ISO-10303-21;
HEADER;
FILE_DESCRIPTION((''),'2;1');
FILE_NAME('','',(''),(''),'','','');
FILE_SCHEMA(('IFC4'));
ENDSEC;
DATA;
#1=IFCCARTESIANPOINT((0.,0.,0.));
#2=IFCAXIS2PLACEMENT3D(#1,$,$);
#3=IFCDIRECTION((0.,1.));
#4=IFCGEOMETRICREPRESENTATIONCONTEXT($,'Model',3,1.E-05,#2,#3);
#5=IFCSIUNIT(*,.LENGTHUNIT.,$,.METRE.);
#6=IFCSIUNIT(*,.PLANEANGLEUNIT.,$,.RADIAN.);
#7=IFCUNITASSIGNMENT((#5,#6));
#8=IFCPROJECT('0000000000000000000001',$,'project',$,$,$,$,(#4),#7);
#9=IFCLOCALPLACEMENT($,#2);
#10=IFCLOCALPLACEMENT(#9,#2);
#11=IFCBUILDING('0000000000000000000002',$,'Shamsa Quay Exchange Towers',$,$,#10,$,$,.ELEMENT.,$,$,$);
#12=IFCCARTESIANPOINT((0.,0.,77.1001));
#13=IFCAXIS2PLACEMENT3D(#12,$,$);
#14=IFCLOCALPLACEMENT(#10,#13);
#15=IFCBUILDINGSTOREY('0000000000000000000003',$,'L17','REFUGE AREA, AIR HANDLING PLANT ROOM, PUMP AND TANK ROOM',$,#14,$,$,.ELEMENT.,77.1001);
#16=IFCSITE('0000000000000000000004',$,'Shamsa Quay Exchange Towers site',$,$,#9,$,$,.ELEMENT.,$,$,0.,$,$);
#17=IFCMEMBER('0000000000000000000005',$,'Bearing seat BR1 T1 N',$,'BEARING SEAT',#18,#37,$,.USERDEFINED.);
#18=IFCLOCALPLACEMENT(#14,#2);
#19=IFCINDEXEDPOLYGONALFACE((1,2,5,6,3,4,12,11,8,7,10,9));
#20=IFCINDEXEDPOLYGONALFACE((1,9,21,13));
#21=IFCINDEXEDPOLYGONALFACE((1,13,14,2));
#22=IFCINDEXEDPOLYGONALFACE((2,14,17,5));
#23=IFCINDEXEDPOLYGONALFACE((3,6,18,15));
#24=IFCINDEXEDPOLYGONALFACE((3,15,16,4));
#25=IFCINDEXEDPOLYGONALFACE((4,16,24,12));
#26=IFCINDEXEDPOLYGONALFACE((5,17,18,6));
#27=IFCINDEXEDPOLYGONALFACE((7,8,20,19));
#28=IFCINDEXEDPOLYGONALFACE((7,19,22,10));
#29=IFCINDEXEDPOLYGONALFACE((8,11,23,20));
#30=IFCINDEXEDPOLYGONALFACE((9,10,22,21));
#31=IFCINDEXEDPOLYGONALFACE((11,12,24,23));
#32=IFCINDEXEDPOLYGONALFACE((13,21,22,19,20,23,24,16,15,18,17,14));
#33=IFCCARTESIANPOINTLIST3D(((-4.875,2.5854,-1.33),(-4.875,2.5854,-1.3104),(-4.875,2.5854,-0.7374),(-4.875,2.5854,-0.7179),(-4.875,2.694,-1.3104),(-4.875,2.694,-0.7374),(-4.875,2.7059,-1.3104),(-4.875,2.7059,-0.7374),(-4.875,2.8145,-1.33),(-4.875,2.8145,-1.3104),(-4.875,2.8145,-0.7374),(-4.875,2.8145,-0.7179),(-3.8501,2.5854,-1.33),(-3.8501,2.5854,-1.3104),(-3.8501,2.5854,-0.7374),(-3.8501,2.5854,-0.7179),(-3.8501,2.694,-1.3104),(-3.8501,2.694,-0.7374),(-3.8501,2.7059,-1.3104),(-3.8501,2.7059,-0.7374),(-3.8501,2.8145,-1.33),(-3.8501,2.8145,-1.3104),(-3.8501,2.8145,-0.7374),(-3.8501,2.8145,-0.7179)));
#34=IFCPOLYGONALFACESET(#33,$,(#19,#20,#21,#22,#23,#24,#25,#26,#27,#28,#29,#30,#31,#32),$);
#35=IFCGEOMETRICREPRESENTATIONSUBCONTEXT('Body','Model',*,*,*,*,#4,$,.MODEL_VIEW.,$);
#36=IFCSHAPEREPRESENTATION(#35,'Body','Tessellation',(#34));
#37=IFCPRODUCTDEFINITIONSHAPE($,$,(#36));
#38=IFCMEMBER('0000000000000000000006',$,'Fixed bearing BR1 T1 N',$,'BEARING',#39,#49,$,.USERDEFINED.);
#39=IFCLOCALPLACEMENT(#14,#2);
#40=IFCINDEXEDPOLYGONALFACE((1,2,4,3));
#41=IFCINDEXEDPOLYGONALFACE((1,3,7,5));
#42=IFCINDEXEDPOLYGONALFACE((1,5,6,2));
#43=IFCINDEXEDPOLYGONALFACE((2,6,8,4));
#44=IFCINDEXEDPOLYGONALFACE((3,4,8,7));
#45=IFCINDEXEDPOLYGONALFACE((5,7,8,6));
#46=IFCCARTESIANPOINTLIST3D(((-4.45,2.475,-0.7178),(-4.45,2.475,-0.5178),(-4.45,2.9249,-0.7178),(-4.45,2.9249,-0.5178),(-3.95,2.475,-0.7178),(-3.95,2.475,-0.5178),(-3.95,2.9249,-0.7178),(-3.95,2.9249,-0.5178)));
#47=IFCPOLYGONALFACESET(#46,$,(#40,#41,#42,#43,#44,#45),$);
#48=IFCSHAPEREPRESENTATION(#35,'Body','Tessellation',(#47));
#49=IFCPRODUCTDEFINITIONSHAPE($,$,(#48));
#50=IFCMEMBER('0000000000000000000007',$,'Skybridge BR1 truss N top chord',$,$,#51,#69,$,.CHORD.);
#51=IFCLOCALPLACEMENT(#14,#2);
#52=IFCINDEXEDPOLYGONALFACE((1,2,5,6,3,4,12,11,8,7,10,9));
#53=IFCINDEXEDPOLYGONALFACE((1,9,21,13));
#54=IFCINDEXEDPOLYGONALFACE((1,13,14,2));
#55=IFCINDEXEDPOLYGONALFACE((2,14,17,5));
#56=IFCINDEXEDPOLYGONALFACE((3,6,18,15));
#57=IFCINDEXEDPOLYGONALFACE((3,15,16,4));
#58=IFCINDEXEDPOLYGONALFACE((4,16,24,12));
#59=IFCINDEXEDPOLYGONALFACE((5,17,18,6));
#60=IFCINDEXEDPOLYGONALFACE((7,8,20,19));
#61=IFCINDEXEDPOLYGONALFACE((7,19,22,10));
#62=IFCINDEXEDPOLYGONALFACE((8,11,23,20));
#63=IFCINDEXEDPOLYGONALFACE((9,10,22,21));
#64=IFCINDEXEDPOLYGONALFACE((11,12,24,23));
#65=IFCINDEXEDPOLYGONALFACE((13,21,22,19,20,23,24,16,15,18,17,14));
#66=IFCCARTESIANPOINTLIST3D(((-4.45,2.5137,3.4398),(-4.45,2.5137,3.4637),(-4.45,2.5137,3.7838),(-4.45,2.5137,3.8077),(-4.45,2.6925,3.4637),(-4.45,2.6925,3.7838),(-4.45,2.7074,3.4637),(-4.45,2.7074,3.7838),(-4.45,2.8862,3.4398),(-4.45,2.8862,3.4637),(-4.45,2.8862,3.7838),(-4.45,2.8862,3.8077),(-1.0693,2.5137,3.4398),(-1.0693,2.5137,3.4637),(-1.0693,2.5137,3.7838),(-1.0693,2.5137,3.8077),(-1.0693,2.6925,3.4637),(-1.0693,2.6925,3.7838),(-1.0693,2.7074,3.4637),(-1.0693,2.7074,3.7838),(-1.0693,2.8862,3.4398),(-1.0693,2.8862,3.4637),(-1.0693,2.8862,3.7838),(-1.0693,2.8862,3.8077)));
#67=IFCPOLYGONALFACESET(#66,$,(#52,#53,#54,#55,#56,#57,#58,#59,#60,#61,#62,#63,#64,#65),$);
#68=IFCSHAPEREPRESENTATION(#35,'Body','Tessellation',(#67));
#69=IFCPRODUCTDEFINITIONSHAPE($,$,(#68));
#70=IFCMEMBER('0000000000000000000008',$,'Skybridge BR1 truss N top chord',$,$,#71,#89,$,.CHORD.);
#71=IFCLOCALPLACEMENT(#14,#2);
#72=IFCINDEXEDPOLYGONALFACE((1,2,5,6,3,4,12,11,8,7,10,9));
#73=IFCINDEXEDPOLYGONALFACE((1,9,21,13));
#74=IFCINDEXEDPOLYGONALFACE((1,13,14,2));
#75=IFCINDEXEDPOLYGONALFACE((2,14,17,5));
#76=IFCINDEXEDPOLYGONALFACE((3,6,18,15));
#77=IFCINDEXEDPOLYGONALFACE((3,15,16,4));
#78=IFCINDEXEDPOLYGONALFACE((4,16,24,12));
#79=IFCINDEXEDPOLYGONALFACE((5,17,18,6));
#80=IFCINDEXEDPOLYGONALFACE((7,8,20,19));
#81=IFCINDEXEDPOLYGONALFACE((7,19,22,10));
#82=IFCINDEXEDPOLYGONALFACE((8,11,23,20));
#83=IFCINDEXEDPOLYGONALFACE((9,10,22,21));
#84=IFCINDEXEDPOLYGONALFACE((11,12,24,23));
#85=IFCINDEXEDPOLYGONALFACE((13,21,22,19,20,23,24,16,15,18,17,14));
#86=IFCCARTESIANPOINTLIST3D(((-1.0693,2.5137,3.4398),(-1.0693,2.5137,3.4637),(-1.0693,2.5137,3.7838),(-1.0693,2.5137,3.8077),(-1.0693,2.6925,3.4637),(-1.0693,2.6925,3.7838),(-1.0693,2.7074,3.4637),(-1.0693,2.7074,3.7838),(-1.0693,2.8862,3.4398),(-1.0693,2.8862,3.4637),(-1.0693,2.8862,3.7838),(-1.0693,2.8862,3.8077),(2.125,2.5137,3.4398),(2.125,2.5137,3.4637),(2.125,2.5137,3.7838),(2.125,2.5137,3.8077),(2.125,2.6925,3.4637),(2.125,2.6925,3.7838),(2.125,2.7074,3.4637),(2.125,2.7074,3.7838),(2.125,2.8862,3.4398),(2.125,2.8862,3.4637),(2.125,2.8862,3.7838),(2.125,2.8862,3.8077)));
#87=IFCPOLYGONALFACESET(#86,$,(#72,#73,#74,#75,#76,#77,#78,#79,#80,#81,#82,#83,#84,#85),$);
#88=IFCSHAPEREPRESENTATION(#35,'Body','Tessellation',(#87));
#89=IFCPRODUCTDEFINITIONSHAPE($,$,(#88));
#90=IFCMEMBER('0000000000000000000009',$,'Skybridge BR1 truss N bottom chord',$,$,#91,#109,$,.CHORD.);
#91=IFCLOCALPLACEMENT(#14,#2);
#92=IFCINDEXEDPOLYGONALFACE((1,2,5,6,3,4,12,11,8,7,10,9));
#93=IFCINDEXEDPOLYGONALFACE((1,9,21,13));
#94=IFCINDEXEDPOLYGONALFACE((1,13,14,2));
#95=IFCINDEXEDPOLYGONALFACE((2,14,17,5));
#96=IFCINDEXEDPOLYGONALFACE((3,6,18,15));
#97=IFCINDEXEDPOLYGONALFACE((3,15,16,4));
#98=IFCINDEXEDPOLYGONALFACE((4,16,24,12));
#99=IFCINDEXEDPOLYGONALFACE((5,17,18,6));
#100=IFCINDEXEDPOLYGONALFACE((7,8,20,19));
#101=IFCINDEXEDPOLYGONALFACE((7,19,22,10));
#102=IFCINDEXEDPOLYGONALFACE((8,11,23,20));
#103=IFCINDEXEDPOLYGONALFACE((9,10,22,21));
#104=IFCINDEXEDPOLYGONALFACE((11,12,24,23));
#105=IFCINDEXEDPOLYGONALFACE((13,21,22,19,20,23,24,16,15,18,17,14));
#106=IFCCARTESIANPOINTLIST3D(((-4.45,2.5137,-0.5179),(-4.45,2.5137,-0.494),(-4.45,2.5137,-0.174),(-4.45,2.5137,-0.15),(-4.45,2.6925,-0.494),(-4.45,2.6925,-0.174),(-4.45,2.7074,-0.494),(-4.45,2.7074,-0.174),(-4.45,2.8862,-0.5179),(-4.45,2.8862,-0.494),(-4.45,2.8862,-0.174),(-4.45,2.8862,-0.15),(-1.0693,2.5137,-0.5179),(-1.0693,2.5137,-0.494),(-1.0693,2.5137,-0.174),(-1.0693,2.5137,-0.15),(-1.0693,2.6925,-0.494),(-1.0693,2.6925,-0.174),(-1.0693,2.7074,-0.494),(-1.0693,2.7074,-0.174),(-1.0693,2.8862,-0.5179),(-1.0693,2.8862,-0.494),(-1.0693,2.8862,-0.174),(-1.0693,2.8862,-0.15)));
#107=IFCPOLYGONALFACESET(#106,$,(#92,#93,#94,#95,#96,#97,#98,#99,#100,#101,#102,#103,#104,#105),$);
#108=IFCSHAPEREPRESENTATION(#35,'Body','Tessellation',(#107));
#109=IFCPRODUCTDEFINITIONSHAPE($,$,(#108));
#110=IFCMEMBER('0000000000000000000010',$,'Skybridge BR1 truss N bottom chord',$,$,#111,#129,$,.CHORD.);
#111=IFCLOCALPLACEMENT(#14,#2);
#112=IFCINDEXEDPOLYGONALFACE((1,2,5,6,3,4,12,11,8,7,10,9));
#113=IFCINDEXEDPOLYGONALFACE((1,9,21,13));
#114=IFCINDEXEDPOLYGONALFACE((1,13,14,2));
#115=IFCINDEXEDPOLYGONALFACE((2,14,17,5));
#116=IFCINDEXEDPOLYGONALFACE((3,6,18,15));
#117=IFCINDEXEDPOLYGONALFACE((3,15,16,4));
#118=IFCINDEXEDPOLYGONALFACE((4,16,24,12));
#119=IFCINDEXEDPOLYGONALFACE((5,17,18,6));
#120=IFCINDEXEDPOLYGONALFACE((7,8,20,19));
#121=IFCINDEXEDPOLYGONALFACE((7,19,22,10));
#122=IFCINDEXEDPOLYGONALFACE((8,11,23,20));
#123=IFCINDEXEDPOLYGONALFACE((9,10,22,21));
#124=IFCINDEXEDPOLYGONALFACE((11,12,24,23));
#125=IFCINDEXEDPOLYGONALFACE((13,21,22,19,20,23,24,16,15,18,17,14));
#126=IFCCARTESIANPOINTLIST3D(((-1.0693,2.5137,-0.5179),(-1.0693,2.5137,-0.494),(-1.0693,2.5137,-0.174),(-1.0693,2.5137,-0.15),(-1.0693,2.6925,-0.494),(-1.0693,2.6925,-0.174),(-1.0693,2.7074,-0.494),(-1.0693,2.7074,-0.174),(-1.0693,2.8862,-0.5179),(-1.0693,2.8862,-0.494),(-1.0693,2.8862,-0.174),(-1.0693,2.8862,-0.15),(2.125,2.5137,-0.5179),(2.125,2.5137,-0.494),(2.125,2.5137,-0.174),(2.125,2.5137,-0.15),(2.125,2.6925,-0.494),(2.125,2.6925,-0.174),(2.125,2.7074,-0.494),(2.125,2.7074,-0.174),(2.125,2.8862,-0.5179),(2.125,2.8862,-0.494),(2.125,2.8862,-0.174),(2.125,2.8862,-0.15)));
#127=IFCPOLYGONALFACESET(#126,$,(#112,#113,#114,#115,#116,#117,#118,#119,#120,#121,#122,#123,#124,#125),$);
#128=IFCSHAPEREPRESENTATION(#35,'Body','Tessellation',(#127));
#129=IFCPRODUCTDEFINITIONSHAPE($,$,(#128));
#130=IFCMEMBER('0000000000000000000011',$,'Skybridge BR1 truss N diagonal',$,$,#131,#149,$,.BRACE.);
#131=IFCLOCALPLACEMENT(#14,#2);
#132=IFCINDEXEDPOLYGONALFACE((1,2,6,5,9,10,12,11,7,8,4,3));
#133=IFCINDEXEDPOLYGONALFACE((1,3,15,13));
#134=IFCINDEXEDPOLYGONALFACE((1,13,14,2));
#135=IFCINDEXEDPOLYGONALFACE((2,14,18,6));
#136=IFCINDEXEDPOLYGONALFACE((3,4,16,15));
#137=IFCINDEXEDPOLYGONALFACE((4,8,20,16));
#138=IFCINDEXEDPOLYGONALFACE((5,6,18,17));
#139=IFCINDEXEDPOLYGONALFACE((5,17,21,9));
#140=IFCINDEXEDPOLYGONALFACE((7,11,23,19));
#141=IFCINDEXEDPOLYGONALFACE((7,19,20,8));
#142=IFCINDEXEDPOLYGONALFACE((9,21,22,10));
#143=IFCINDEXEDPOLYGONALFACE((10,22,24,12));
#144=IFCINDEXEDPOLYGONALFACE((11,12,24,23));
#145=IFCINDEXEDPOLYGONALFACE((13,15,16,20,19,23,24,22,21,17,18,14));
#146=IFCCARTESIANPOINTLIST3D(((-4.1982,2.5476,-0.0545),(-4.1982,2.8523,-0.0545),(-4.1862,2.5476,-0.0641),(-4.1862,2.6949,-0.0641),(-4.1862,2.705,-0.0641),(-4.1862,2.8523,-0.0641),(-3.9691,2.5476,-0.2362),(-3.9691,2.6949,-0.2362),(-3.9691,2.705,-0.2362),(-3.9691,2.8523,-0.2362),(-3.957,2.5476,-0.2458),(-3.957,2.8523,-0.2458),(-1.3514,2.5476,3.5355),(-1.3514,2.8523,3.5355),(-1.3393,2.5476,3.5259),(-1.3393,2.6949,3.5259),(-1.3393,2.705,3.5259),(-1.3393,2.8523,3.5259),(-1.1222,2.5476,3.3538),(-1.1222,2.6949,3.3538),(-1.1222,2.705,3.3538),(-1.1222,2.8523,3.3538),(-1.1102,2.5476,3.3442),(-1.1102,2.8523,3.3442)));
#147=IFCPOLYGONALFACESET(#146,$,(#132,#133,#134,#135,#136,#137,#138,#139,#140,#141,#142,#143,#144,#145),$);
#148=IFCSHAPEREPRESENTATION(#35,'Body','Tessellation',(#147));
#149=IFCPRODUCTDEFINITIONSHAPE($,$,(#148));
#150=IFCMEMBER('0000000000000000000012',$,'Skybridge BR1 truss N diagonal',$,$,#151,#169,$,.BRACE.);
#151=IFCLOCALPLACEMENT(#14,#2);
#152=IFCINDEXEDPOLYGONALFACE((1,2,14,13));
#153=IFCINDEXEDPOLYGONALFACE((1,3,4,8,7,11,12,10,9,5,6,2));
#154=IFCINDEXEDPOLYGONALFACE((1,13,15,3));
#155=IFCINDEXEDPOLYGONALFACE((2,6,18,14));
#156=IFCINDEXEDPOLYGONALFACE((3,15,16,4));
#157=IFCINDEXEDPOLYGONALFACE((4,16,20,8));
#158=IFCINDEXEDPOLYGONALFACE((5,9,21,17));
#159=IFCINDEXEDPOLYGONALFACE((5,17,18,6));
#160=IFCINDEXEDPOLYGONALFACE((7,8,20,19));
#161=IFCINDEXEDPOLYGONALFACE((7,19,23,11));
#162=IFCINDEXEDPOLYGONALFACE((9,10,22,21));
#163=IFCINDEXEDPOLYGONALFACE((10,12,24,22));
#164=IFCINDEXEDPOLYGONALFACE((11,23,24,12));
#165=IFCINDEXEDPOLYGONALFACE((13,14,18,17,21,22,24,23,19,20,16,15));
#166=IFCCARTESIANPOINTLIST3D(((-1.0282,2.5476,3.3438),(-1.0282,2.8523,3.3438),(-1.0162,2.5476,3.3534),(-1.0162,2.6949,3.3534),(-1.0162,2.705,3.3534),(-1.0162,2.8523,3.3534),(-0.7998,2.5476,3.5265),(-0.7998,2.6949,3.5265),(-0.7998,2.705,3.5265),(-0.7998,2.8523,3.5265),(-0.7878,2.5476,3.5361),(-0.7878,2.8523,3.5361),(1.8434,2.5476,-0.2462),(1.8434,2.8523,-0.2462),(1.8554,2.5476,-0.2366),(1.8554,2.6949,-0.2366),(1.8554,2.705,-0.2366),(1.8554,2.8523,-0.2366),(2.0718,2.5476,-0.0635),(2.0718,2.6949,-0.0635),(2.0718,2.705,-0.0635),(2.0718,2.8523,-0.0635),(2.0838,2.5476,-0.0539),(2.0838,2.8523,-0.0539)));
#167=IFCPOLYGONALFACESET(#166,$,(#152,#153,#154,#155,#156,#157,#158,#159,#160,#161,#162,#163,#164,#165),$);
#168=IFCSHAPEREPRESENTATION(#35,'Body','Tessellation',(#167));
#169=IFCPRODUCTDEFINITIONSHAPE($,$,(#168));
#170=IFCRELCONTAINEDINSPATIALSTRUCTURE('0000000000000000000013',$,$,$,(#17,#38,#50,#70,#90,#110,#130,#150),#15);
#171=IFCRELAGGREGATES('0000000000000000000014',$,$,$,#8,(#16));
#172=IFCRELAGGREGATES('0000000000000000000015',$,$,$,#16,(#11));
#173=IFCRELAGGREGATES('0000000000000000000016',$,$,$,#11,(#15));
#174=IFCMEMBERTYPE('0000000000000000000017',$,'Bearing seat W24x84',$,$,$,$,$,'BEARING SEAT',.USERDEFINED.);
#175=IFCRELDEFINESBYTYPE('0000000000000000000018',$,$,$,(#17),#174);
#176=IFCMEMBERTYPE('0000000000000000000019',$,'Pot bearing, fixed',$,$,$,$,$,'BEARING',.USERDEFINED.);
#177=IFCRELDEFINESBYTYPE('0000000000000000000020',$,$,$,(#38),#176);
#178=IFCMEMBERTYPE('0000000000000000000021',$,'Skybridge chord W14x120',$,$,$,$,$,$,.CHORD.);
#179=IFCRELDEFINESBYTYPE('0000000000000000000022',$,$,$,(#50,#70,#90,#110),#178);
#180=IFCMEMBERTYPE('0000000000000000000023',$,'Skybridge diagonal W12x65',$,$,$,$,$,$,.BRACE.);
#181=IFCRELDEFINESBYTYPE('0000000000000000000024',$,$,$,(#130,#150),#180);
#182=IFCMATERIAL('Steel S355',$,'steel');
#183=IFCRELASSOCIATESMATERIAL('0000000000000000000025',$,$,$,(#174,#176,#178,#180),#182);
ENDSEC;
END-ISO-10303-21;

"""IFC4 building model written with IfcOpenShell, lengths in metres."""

from ifc_helpers import new_model, si_unit, direction, frame, origin, origin_2d, place, context, subcontext, project, spatial, rectangle, i_section, extrude, material, material_profile, profile_set, type_object, element, save


model = new_model("IFC4")

# Units and contexts
model_context = context("Model", 3, precision=1e-05, world=origin(), true_north=direction((0.0, 1.0)))
body_context = subcontext(model_context, "Body", "Model", "MODEL_VIEW")
ifc_project = project(units=[si_unit("LENGTHUNIT", "METRE"), si_unit("PLANEANGLEUNIT", "RADIAN")], contexts=[model_context])

# Site, building, storey
site_placement = place(None, origin())
site = spatial("IfcSite", under=ifc_project, at=site_placement, Name="Shamsa Quay Exchange Towers site", CompositionType="ELEMENT", RefElevation=0.0)
building_placement = place(site_placement, origin())
building = spatial("IfcBuilding", under=site, at=building_placement, Name="Shamsa Quay Exchange Towers", CompositionType="ELEMENT")
storey_placement = place(building_placement, frame((0.0, 0.0, 77.1001)))
storey = spatial("IfcBuildingStorey", under=building, at=storey_placement, Name="L17", Description="REFUGE AREA, AIR HANDLING PLANT ROOM, PUMP AND TANK ROOM", CompositionType="ELEMENT", Elevation=77.1001)

# Members
ifc_material_1 = material(Name="Steel S355", Category="steel")
ifc_material_profile_1 = material_profile(ifc_material_1, i_section(OverallWidth=0.229, OverallDepth=0.6121, WebThickness=0.012, FlangeThickness=0.0195, at=origin_2d()), Name="W24x84")
ifc_profile_set_1 = profile_set([ifc_material_profile_1], Name="Steel S355")
member_type_1 = type_object("IfcMemberType", Name="Bearing seat W24x84", ElementType="BEARING SEAT", PredefinedType="USERDEFINED", material=ifc_profile_set_1)
member_1_placement = place(storey_placement, frame((-4.875, 2.7, -1.0239), z_axis=(1.0, 0.0, 0.0), x_axis=(0.0, 1.0, 0.0)))
element("IfcMember", 1, at=member_1_placement, inside=storey, type_object=member_type_1, Name="Bearing seat BR1 T1 N", ObjectType="BEARING SEAT", PredefinedType="USERDEFINED", context=body_context, shape_type="SweptSolid", body=[
    extrude(i_section(OverallWidth=0.229, OverallDepth=0.6121, WebThickness=0.012, FlangeThickness=0.0195, at=origin_2d()), origin(), (0.0, 0.0, 1.0), 1.0249),
])
ifc_material_profile_2 = material_profile(ifc_material_1, rectangle(XDim=0.5, YDim=0.2, at=origin_2d()), Name="500x200")
ifc_profile_set_2 = profile_set([ifc_material_profile_2], Name="Steel S355")
member_type_2 = type_object("IfcMemberType", Name="Pot bearing, fixed", ElementType="BEARING", PredefinedType="USERDEFINED", material=ifc_profile_set_2)
member_2_placement = place(storey_placement, frame((-4.2, 2.7, -0.7178)))
element("IfcMember", 2, at=member_2_placement, inside=storey, type_object=member_type_2, Name="Fixed bearing BR1 T1 N", ObjectType="BEARING", PredefinedType="USERDEFINED", context=body_context, shape_type="SweptSolid", body=[
    extrude(rectangle(XDim=0.5, YDim=0.45, at=origin_2d()), origin(), (0.0, 0.0, 1.0), 0.2),
])
ifc_material_profile_3 = material_profile(ifc_material_1, i_section(OverallWidth=0.3726, OverallDepth=0.3679, WebThickness=0.0149, FlangeThickness=0.0239, at=origin_2d()), Name="W14x120")
ifc_profile_set_3 = profile_set([ifc_material_profile_3], Name="Steel S355")
member_type_3 = type_object("IfcMemberType", Name="Skybridge chord W14x120", PredefinedType="CHORD", material=ifc_profile_set_3)
member_3_placement = place(storey_placement, frame((-4.45, 2.7, 3.6238), z_axis=(1.0, 0.0, 0.0), x_axis=(0.0, 1.0, 0.0)))
element("IfcMember", 3, at=member_3_placement, inside=storey, type_object=member_type_3, Name="Skybridge BR1 truss N top chord", PredefinedType="CHORD", context=body_context, shape_type="SweptSolid", body=[
    extrude(i_section(OverallWidth=0.3726, OverallDepth=0.3679, WebThickness=0.0149, FlangeThickness=0.0239, at=origin_2d()), origin(), (0.0, 0.0, 1.0), 3.3806),
])
member_4_placement = place(storey_placement, frame((-1.0693, 2.7, 3.6238), z_axis=(1.0, 0.0, 0.0), x_axis=(0.0, 1.0, 0.0)))
element("IfcMember", 4, at=member_4_placement, inside=storey, type_object=member_type_3, Name="Skybridge BR1 truss N top chord", PredefinedType="CHORD", context=body_context, shape_type="SweptSolid", body=[
    extrude(i_section(OverallWidth=0.3726, OverallDepth=0.3679, WebThickness=0.0149, FlangeThickness=0.0239, at=origin_2d()), origin(), (0.0, 0.0, 1.0), 3.1943),
])
member_5_placement = place(storey_placement, frame((-4.45, 2.7, -0.334), z_axis=(1.0, 0.0, 0.0), x_axis=(0.0, 1.0, 0.0)))
element("IfcMember", 5, at=member_5_placement, inside=storey, type_object=member_type_3, Name="Skybridge BR1 truss N bottom chord", PredefinedType="CHORD", context=body_context, shape_type="SweptSolid", body=[
    extrude(i_section(OverallWidth=0.3726, OverallDepth=0.3679, WebThickness=0.0149, FlangeThickness=0.0239, at=origin_2d()), origin(), (0.0, 0.0, 1.0), 3.3806),
])
member_6_placement = place(storey_placement, frame((-1.0693, 2.7, -0.334), z_axis=(1.0, 0.0, 0.0), x_axis=(0.0, 1.0, 0.0)))
element("IfcMember", 6, at=member_6_placement, inside=storey, type_object=member_type_3, Name="Skybridge BR1 truss N bottom chord", PredefinedType="CHORD", context=body_context, shape_type="SweptSolid", body=[
    extrude(i_section(OverallWidth=0.3726, OverallDepth=0.3679, WebThickness=0.0149, FlangeThickness=0.0239, at=origin_2d()), origin(), (0.0, 0.0, 1.0), 3.1943),
])
ifc_material_profile_4 = material_profile(ifc_material_1, i_section(OverallWidth=0.3047, OverallDepth=0.3079, WebThickness=0.01, FlangeThickness=0.0154, at=origin_2d()), Name="W12x65")
ifc_profile_set_4 = profile_set([ifc_material_profile_4], Name="Steel S355")
member_type_4 = type_object("IfcMemberType", Name="Skybridge diagonal W12x65", PredefinedType="BRACE", material=ifc_profile_set_4)
member_7_placement = place(storey_placement, frame((-4.0776, 2.7, -0.1501), z_axis=(0.621343, 0.0, 0.783539), x_axis=(0.0, 1.0, 0.0)))
element("IfcMember", 7, at=member_7_placement, inside=storey, type_object=member_type_4, Name="Skybridge BR1 truss N diagonal", PredefinedType="BRACE", context=body_context, shape_type="SweptSolid", body=[
    extrude(i_section(OverallWidth=0.3047, OverallDepth=0.3079, WebThickness=0.01, FlangeThickness=0.0154, at=origin_2d()), origin(), (0.0, 0.0, 1.0), 4.5818),
])
member_8_placement = place(storey_placement, frame((-0.908, 2.7, 3.4399), z_axis=(0.62463, 0.0, -0.780921), x_axis=(0.0, 1.0, 0.0)))
element("IfcMember", 8, at=member_8_placement, inside=storey, type_object=member_type_4, Name="Skybridge BR1 truss N diagonal", PredefinedType="BRACE", context=body_context, shape_type="SweptSolid", body=[
    extrude(i_section(OverallWidth=0.3047, OverallDepth=0.3079, WebThickness=0.01, FlangeThickness=0.0154, at=origin_2d()), origin(), (0.0, 0.0, 1.0), 4.5972),
])

save(model, "model.ifc")
